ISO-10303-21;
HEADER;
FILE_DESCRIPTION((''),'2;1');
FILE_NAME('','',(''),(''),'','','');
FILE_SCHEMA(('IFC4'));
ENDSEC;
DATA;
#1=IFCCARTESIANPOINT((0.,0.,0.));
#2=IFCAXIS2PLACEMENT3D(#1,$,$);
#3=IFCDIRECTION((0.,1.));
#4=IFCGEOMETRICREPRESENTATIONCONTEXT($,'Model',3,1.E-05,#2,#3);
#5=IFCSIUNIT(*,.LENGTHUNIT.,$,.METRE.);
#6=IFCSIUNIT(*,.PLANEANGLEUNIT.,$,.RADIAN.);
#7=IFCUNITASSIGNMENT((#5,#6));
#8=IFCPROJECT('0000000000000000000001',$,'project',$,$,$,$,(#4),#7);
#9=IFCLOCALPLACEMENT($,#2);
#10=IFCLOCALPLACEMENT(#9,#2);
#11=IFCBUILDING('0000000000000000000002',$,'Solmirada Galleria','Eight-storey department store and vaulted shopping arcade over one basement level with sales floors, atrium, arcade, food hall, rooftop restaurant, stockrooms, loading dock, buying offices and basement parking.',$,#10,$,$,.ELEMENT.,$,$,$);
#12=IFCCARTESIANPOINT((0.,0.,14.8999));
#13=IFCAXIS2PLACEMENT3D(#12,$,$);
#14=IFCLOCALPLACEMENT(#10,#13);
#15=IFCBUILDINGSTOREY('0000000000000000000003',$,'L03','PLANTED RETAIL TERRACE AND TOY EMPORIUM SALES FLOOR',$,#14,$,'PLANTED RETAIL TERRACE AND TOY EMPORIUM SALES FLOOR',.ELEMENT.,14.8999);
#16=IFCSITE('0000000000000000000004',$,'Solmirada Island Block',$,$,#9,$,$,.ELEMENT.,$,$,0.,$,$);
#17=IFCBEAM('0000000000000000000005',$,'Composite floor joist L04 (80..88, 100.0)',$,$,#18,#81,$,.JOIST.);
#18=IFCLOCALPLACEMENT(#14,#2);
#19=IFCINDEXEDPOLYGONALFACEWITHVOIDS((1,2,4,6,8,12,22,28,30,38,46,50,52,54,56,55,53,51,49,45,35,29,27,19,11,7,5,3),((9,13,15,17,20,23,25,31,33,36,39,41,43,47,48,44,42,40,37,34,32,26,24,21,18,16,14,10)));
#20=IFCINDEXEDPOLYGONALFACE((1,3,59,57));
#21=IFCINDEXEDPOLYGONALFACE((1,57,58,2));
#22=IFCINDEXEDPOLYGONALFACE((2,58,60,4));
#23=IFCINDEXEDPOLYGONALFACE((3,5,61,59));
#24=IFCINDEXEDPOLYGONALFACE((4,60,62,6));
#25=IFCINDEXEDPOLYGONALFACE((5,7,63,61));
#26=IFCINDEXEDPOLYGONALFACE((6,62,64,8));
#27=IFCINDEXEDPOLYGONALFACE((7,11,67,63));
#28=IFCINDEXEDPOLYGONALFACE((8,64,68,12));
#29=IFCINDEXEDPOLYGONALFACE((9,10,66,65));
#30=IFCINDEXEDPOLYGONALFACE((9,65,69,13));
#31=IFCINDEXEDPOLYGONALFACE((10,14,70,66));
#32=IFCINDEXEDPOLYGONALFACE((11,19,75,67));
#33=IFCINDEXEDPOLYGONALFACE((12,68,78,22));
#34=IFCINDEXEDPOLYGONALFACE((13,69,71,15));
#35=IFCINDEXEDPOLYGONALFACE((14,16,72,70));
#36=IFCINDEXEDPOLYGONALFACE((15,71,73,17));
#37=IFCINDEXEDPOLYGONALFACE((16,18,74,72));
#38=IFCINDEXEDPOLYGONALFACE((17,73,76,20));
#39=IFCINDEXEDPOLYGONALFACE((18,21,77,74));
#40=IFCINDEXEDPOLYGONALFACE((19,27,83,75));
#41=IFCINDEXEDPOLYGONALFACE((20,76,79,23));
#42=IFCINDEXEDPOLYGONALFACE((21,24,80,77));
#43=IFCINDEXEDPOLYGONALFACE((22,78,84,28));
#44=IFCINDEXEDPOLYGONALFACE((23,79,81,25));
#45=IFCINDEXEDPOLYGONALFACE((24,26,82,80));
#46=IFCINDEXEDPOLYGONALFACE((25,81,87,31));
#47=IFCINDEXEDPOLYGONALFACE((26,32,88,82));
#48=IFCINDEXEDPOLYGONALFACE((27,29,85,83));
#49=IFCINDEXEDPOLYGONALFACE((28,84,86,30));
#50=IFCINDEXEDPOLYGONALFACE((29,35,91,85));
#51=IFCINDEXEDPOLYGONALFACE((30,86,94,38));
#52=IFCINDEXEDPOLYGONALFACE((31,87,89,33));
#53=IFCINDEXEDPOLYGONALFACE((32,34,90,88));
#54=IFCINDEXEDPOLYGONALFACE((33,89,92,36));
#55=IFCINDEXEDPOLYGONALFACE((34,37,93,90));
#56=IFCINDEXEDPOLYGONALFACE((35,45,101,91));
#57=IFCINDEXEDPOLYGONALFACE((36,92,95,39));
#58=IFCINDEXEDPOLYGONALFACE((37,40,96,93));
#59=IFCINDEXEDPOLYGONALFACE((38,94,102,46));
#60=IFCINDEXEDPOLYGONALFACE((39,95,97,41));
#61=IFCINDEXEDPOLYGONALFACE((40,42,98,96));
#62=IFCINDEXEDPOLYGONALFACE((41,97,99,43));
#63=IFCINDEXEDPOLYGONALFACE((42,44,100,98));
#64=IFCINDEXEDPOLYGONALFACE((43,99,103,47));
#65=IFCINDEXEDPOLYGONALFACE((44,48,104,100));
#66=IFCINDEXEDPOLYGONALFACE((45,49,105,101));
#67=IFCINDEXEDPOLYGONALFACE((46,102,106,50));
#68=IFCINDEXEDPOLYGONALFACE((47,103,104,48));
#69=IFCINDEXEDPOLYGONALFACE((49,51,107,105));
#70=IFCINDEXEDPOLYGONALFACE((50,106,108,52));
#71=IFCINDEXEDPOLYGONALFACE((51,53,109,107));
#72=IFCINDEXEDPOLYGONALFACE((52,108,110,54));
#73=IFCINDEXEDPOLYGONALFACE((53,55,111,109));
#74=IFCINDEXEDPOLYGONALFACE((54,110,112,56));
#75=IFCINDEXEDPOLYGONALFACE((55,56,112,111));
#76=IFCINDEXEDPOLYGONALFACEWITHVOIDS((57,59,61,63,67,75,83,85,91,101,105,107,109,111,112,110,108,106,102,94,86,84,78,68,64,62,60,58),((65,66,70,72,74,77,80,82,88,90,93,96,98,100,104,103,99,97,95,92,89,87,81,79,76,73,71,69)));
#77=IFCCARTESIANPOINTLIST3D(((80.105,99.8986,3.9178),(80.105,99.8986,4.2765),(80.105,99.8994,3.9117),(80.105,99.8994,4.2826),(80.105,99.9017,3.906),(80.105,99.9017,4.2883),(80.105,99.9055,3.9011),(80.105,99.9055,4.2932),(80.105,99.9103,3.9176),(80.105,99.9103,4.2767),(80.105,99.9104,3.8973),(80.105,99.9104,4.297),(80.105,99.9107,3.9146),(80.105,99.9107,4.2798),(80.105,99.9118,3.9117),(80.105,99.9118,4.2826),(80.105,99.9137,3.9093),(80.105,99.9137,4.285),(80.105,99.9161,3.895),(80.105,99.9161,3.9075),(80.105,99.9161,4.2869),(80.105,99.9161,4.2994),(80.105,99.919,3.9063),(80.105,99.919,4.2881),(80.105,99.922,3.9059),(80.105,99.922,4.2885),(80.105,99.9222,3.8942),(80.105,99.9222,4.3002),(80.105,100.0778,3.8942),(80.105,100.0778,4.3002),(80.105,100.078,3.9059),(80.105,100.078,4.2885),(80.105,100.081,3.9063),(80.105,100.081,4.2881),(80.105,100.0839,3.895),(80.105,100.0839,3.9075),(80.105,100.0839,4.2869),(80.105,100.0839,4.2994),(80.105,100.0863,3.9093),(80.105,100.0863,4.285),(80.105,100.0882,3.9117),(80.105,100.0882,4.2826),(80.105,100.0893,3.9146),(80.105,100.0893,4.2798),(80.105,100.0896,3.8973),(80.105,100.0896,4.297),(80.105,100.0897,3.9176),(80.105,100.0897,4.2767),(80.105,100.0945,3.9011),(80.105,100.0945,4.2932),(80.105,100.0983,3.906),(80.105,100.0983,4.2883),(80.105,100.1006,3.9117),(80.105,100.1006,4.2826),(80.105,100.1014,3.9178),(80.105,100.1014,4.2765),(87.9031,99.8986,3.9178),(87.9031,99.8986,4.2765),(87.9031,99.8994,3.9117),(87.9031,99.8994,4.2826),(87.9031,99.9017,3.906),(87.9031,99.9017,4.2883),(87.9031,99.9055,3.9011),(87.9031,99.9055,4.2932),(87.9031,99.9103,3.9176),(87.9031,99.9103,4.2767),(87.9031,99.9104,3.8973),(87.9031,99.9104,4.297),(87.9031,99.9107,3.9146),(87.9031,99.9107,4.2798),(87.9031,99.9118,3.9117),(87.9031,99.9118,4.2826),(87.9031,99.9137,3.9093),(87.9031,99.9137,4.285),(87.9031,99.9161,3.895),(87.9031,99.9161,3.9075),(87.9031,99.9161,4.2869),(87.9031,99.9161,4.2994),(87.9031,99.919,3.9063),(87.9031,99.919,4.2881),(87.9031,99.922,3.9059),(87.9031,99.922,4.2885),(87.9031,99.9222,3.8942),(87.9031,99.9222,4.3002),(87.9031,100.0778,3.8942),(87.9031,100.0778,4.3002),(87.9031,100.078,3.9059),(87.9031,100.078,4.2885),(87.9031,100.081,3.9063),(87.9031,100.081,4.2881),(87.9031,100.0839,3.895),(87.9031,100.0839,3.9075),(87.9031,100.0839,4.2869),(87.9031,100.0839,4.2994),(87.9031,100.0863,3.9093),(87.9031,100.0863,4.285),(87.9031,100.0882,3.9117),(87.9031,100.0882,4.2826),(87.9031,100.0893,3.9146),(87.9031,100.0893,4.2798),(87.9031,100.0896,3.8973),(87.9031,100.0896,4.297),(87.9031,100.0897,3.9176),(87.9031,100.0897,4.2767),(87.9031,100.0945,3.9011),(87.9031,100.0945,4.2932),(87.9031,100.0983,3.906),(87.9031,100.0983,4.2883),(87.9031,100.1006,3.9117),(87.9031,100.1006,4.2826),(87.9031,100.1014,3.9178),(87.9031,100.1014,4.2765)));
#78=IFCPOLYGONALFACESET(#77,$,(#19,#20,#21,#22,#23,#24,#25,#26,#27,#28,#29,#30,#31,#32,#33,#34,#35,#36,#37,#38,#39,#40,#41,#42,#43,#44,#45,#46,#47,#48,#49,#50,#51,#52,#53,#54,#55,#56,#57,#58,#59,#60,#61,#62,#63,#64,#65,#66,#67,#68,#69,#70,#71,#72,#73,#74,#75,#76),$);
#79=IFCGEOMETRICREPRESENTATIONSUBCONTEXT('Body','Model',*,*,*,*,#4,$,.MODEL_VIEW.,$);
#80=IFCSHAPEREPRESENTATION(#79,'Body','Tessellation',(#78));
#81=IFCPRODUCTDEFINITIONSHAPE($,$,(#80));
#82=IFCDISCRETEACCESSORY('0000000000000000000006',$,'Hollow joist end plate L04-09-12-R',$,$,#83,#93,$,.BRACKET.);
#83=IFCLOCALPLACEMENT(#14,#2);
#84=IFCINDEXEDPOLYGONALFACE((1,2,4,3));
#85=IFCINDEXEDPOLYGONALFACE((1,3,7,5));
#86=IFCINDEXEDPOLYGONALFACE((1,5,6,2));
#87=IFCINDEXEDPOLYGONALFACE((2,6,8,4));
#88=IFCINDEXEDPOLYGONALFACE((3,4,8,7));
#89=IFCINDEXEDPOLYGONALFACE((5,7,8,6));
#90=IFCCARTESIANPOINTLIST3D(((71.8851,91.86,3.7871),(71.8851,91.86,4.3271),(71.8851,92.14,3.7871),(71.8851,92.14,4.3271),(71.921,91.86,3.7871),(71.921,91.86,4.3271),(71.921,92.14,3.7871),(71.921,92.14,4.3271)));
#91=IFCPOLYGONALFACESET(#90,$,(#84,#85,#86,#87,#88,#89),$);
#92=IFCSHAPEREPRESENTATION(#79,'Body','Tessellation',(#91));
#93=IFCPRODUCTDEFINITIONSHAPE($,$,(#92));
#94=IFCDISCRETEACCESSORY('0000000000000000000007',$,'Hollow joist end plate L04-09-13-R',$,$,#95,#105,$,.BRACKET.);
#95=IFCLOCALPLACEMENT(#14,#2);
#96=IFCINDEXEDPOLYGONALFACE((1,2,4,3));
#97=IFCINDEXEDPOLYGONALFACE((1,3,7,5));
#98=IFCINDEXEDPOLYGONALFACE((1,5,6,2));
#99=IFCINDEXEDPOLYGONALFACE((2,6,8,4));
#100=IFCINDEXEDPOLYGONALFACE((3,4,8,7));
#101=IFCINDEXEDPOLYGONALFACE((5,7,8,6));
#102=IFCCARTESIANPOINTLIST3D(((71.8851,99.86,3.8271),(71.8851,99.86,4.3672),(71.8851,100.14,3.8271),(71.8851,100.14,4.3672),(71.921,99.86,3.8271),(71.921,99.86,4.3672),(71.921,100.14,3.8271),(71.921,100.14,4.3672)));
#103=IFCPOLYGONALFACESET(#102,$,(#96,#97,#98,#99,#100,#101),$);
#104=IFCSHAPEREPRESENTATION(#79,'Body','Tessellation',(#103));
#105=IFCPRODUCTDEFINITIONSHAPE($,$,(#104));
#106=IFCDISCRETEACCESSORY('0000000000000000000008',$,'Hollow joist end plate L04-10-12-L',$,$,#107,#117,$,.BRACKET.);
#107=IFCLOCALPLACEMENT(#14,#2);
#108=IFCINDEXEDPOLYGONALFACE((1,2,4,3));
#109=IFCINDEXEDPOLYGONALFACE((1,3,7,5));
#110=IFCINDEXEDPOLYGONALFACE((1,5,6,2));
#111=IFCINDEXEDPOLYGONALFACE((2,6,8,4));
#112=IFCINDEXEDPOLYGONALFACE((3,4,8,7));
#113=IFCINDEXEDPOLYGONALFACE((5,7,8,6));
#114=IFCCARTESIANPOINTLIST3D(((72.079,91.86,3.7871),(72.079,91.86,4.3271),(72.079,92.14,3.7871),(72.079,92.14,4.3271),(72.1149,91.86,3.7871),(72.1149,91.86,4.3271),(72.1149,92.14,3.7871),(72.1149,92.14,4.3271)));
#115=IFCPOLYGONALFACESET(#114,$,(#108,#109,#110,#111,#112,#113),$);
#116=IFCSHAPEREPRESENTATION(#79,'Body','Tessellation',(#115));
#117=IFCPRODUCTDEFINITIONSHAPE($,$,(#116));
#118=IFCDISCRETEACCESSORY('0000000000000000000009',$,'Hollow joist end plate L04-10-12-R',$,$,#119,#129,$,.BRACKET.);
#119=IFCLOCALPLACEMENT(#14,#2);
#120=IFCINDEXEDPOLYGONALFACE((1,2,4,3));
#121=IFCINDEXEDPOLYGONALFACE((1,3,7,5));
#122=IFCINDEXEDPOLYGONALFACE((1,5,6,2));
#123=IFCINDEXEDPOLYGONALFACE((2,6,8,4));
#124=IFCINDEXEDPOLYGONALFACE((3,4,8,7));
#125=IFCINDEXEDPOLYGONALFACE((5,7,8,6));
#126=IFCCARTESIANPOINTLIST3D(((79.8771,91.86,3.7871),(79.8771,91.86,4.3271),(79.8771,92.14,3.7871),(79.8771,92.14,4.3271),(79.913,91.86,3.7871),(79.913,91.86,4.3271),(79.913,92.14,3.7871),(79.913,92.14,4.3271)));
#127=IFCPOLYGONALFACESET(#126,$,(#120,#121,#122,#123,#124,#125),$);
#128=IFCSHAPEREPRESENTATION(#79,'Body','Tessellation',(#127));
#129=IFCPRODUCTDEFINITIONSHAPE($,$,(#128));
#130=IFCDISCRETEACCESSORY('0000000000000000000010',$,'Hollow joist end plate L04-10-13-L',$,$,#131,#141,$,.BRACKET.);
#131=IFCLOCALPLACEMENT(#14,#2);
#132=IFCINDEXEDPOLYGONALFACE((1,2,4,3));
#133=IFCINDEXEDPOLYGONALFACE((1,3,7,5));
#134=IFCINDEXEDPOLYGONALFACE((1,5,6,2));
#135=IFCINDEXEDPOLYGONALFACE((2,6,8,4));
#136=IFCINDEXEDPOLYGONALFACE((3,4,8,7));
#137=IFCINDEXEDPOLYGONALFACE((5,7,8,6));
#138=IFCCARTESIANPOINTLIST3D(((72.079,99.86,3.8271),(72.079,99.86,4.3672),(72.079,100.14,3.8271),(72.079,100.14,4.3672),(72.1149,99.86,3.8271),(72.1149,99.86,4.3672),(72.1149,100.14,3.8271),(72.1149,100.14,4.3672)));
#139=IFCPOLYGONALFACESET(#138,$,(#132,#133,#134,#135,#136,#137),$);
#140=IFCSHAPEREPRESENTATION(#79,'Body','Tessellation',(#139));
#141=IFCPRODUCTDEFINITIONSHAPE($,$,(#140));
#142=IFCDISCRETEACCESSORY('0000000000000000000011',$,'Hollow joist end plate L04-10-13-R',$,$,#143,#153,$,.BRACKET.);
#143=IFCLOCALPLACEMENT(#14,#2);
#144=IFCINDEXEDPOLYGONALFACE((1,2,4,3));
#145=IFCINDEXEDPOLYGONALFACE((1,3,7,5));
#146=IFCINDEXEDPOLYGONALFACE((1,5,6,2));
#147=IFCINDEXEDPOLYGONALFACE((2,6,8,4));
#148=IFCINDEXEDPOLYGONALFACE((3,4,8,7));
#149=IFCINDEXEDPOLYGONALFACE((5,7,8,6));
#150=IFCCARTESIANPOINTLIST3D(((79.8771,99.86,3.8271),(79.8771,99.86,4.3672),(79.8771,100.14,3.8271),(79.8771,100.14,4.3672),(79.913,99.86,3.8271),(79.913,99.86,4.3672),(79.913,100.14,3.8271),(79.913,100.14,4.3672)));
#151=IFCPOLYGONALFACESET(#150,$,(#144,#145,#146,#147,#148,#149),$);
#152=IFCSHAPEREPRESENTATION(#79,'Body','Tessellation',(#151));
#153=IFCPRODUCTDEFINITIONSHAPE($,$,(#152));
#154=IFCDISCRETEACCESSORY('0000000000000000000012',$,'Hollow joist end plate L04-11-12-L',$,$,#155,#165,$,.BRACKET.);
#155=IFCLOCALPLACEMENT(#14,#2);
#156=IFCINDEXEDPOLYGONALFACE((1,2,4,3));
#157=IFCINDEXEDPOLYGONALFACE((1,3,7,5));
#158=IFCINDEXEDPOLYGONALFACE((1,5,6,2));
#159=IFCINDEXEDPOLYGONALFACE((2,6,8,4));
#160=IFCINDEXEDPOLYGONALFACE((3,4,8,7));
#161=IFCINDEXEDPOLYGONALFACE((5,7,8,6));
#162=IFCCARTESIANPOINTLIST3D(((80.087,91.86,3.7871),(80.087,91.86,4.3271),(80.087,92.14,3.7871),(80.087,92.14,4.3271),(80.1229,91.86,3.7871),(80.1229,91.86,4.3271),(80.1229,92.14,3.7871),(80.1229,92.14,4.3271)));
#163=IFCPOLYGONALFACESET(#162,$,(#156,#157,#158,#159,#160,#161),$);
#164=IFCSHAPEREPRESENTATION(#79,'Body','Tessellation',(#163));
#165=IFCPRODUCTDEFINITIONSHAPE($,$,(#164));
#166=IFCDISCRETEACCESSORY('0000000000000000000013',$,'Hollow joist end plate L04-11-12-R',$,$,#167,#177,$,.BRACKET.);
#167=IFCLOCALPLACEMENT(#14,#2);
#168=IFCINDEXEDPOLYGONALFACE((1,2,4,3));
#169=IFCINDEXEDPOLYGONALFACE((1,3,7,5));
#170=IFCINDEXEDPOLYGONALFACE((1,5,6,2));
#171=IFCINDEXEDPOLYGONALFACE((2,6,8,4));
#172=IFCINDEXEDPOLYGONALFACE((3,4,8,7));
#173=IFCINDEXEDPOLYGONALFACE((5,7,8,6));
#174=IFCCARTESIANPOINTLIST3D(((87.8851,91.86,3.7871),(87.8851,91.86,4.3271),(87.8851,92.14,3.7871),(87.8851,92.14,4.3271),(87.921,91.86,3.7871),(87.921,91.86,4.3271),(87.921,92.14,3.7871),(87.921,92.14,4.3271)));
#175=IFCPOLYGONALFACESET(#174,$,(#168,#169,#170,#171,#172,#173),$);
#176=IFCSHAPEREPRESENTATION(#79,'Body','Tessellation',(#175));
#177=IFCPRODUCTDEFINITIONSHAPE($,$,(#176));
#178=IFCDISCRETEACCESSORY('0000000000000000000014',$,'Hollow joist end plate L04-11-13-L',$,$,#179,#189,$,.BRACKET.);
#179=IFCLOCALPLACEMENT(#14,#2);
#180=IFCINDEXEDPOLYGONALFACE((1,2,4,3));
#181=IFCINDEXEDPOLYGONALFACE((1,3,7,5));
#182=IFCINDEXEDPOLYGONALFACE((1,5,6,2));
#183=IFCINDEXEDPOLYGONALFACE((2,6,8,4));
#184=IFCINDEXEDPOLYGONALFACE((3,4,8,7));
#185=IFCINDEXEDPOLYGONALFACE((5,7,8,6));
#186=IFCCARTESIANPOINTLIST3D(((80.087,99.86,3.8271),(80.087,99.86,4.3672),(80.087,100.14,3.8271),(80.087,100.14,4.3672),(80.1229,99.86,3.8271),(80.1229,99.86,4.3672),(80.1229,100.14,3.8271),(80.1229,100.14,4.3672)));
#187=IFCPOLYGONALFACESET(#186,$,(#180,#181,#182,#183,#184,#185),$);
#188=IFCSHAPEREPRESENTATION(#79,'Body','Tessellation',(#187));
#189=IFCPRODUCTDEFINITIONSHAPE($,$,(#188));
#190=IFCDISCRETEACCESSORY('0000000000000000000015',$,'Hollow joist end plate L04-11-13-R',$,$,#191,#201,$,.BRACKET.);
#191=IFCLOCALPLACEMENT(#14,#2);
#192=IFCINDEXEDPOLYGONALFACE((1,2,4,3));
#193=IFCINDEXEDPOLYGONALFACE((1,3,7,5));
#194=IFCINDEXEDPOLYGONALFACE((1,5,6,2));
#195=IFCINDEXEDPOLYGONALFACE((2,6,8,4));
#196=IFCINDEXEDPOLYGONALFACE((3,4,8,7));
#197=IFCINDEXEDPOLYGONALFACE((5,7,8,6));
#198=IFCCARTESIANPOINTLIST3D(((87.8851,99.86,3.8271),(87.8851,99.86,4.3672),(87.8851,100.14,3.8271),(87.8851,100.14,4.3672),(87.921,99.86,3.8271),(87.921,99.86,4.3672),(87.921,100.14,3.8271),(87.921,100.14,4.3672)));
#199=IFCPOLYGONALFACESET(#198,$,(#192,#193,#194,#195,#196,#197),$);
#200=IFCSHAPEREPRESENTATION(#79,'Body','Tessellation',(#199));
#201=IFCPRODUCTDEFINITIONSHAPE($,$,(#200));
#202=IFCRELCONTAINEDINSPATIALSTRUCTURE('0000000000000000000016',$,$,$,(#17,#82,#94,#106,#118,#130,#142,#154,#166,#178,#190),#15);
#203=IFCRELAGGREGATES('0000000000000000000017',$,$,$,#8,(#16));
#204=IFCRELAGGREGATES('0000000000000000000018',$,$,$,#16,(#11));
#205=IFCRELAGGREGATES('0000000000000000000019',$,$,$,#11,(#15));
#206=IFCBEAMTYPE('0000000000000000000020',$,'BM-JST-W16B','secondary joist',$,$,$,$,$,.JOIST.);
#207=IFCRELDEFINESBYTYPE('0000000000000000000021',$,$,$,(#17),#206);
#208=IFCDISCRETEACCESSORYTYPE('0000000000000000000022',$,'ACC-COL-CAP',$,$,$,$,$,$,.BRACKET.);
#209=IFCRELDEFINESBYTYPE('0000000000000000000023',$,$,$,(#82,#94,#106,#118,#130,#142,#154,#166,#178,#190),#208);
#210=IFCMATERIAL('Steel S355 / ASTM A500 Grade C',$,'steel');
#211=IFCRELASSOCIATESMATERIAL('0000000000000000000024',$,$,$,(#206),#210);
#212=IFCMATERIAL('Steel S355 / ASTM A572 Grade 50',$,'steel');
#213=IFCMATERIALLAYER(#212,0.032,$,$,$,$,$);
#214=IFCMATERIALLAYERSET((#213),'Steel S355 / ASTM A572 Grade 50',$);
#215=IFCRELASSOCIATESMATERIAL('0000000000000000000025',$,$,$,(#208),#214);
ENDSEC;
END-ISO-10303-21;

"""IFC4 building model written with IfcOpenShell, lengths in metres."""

from ifc_helpers import new_model, si_unit, direction, frame, origin, origin_2d, place, context, subcontext, project, spatial, rectangle, hollow_rectangle, extrude, material, layer, layer_set, material_profile, profile_set, type_object, element, save


model = new_model("IFC4")

# Units and contexts
model_context = context("Model", 3, precision=1e-05, world=origin(), true_north=direction((0.0, 1.0)))
body_context = subcontext(model_context, "Body", "Model", "MODEL_VIEW")
ifc_project = project(units=[si_unit("LENGTHUNIT", "METRE"), si_unit("PLANEANGLEUNIT", "RADIAN")], contexts=[model_context])

# Site, building, storey
site_placement = place(None, origin())
site = spatial("IfcSite", under=ifc_project, at=site_placement, Name="Solmirada Island Block", CompositionType="ELEMENT", RefElevation=0.0)
building_placement = place(site_placement, origin())
building = spatial("IfcBuilding", under=site, at=building_placement, Name="Solmirada Galleria", Description="Eight-storey department store and vaulted shopping arcade over one basement level with sales floors, atrium, arcade, food hall, rooftop restaurant, stockrooms, loading dock, buying offices and basement parking.", CompositionType="ELEMENT")
storey_placement = place(building_placement, frame((0.0, 0.0, 14.8999)))
storey = spatial("IfcBuildingStorey", under=building, at=storey_placement, Name="L03", Description="PLANTED RETAIL TERRACE AND TOY EMPORIUM SALES FLOOR", LongName="PLANTED RETAIL TERRACE AND TOY EMPORIUM SALES FLOOR", CompositionType="ELEMENT", Elevation=14.8999)

# Shared definitions
ifc_material_1 = material(Name="Steel S355 / ASTM A500 Grade C", Category="steel")

# Beam
ifc_material_profile_1 = material_profile(ifc_material_1, hollow_rectangle(XDim=0.2029, YDim=0.406, WallThickness=0.0117, InnerFilletRadius=0.0117, OuterFilletRadius=0.0237, at=origin_2d()), Name="HSS16X8X1/2")
ifc_profile_set_1 = profile_set([ifc_material_profile_1], Name="Steel S355 / ASTM A500 Grade C")
beam_type_1 = type_object("IfcBeamType", Name="BM-JST-W16B", Description="secondary joist", PredefinedType="JOIST", material=ifc_profile_set_1)
for number, where, z_axis, x_axis, name in (
    (1, (80.105, 100.0, 4.0972), (1.0, 0.0, 0.0), (0.0, 1.0, 0.0), "Composite floor joist L04 (80..88, 100.0)"),
):
    element("IfcBeam", number, at=place(storey_placement, frame(where, z_axis=z_axis, x_axis=x_axis)), inside=storey, type_object=beam_type_1, Name=name, PredefinedType="JOIST", context=body_context, shape_type="SweptSolid", body=[
        extrude(hollow_rectangle(XDim=0.2029, YDim=0.406, WallThickness=0.0117, InnerFilletRadius=0.0117, OuterFilletRadius=0.0237, at=origin_2d()), origin(), (0.0, 0.0, 1.0), 7.7981),
    ])

# Discrete accessories
ifc_material_2 = material(Name="Steel S355 / ASTM A572 Grade 50", Category="steel")
ifc_layer = layer(ifc_material_2, 0.032)
ifc_layer_set = layer_set([ifc_layer], Name="Steel S355 / ASTM A572 Grade 50")
discrete_accessory_type = type_object("IfcDiscreteAccessoryType", Name="ACC-COL-CAP", PredefinedType="BRACKET", material=ifc_layer_set)
for number, where, z_axis, x_axis, name in (
    (2, (71.9031, 92.0, 3.7871), (0.0, 0.0, 1.0), (1.0, 0.0, 0.0), "Hollow joist end plate L04-09-12-R"),
    (3, (71.9031, 100.0, 3.8271), (0.0, 0.0, 1.0), (1.0, 0.0, 0.0), "Hollow joist end plate L04-09-13-R"),
    (4, (72.0969, 92.0, 3.7871), (0.0, 0.0, 1.0), (1.0, 0.0, 0.0), "Hollow joist end plate L04-10-12-L"),
    (5, (79.895, 92.0, 3.7871), (0.0, 0.0, 1.0), (1.0, 0.0, 0.0), "Hollow joist end plate L04-10-12-R"),
    (6, (72.0969, 100.0, 3.8271), (0.0, 0.0, 1.0), (1.0, 0.0, 0.0), "Hollow joist end plate L04-10-13-L"),
    (7, (79.895, 100.0, 3.8271), (0.0, 0.0, 1.0), (1.0, 0.0, 0.0), "Hollow joist end plate L04-10-13-R"),
    (8, (80.105, 92.0, 3.7871), (0.0, 0.0, 1.0), (1.0, 0.0, 0.0), "Hollow joist end plate L04-11-12-L"),
    (9, (87.9031, 92.0, 3.7871), (0.0, 0.0, 1.0), (1.0, 0.0, 0.0), "Hollow joist end plate L04-11-12-R"),
    (10, (80.105, 100.0, 3.8271), (0.0, 0.0, 1.0), (1.0, 0.0, 0.0), "Hollow joist end plate L04-11-13-L"),
    (11, (87.9031, 100.0, 3.8271), (0.0, 0.0, 1.0), (1.0, 0.0, 0.0), "Hollow joist end plate L04-11-13-R"),
):
    element("IfcDiscreteAccessory", number, at=place(storey_placement, frame(where, z_axis=z_axis, x_axis=x_axis)), inside=storey, type_object=discrete_accessory_type, Name=name, PredefinedType="BRACKET", context=body_context, shape_type="SweptSolid", body=[
        extrude(rectangle(XDim=0.0359, YDim=0.28, at=origin_2d()), origin(), (0.0, 0.0, 1.0), 0.54),
    ])

save(model, "model.ifc")
